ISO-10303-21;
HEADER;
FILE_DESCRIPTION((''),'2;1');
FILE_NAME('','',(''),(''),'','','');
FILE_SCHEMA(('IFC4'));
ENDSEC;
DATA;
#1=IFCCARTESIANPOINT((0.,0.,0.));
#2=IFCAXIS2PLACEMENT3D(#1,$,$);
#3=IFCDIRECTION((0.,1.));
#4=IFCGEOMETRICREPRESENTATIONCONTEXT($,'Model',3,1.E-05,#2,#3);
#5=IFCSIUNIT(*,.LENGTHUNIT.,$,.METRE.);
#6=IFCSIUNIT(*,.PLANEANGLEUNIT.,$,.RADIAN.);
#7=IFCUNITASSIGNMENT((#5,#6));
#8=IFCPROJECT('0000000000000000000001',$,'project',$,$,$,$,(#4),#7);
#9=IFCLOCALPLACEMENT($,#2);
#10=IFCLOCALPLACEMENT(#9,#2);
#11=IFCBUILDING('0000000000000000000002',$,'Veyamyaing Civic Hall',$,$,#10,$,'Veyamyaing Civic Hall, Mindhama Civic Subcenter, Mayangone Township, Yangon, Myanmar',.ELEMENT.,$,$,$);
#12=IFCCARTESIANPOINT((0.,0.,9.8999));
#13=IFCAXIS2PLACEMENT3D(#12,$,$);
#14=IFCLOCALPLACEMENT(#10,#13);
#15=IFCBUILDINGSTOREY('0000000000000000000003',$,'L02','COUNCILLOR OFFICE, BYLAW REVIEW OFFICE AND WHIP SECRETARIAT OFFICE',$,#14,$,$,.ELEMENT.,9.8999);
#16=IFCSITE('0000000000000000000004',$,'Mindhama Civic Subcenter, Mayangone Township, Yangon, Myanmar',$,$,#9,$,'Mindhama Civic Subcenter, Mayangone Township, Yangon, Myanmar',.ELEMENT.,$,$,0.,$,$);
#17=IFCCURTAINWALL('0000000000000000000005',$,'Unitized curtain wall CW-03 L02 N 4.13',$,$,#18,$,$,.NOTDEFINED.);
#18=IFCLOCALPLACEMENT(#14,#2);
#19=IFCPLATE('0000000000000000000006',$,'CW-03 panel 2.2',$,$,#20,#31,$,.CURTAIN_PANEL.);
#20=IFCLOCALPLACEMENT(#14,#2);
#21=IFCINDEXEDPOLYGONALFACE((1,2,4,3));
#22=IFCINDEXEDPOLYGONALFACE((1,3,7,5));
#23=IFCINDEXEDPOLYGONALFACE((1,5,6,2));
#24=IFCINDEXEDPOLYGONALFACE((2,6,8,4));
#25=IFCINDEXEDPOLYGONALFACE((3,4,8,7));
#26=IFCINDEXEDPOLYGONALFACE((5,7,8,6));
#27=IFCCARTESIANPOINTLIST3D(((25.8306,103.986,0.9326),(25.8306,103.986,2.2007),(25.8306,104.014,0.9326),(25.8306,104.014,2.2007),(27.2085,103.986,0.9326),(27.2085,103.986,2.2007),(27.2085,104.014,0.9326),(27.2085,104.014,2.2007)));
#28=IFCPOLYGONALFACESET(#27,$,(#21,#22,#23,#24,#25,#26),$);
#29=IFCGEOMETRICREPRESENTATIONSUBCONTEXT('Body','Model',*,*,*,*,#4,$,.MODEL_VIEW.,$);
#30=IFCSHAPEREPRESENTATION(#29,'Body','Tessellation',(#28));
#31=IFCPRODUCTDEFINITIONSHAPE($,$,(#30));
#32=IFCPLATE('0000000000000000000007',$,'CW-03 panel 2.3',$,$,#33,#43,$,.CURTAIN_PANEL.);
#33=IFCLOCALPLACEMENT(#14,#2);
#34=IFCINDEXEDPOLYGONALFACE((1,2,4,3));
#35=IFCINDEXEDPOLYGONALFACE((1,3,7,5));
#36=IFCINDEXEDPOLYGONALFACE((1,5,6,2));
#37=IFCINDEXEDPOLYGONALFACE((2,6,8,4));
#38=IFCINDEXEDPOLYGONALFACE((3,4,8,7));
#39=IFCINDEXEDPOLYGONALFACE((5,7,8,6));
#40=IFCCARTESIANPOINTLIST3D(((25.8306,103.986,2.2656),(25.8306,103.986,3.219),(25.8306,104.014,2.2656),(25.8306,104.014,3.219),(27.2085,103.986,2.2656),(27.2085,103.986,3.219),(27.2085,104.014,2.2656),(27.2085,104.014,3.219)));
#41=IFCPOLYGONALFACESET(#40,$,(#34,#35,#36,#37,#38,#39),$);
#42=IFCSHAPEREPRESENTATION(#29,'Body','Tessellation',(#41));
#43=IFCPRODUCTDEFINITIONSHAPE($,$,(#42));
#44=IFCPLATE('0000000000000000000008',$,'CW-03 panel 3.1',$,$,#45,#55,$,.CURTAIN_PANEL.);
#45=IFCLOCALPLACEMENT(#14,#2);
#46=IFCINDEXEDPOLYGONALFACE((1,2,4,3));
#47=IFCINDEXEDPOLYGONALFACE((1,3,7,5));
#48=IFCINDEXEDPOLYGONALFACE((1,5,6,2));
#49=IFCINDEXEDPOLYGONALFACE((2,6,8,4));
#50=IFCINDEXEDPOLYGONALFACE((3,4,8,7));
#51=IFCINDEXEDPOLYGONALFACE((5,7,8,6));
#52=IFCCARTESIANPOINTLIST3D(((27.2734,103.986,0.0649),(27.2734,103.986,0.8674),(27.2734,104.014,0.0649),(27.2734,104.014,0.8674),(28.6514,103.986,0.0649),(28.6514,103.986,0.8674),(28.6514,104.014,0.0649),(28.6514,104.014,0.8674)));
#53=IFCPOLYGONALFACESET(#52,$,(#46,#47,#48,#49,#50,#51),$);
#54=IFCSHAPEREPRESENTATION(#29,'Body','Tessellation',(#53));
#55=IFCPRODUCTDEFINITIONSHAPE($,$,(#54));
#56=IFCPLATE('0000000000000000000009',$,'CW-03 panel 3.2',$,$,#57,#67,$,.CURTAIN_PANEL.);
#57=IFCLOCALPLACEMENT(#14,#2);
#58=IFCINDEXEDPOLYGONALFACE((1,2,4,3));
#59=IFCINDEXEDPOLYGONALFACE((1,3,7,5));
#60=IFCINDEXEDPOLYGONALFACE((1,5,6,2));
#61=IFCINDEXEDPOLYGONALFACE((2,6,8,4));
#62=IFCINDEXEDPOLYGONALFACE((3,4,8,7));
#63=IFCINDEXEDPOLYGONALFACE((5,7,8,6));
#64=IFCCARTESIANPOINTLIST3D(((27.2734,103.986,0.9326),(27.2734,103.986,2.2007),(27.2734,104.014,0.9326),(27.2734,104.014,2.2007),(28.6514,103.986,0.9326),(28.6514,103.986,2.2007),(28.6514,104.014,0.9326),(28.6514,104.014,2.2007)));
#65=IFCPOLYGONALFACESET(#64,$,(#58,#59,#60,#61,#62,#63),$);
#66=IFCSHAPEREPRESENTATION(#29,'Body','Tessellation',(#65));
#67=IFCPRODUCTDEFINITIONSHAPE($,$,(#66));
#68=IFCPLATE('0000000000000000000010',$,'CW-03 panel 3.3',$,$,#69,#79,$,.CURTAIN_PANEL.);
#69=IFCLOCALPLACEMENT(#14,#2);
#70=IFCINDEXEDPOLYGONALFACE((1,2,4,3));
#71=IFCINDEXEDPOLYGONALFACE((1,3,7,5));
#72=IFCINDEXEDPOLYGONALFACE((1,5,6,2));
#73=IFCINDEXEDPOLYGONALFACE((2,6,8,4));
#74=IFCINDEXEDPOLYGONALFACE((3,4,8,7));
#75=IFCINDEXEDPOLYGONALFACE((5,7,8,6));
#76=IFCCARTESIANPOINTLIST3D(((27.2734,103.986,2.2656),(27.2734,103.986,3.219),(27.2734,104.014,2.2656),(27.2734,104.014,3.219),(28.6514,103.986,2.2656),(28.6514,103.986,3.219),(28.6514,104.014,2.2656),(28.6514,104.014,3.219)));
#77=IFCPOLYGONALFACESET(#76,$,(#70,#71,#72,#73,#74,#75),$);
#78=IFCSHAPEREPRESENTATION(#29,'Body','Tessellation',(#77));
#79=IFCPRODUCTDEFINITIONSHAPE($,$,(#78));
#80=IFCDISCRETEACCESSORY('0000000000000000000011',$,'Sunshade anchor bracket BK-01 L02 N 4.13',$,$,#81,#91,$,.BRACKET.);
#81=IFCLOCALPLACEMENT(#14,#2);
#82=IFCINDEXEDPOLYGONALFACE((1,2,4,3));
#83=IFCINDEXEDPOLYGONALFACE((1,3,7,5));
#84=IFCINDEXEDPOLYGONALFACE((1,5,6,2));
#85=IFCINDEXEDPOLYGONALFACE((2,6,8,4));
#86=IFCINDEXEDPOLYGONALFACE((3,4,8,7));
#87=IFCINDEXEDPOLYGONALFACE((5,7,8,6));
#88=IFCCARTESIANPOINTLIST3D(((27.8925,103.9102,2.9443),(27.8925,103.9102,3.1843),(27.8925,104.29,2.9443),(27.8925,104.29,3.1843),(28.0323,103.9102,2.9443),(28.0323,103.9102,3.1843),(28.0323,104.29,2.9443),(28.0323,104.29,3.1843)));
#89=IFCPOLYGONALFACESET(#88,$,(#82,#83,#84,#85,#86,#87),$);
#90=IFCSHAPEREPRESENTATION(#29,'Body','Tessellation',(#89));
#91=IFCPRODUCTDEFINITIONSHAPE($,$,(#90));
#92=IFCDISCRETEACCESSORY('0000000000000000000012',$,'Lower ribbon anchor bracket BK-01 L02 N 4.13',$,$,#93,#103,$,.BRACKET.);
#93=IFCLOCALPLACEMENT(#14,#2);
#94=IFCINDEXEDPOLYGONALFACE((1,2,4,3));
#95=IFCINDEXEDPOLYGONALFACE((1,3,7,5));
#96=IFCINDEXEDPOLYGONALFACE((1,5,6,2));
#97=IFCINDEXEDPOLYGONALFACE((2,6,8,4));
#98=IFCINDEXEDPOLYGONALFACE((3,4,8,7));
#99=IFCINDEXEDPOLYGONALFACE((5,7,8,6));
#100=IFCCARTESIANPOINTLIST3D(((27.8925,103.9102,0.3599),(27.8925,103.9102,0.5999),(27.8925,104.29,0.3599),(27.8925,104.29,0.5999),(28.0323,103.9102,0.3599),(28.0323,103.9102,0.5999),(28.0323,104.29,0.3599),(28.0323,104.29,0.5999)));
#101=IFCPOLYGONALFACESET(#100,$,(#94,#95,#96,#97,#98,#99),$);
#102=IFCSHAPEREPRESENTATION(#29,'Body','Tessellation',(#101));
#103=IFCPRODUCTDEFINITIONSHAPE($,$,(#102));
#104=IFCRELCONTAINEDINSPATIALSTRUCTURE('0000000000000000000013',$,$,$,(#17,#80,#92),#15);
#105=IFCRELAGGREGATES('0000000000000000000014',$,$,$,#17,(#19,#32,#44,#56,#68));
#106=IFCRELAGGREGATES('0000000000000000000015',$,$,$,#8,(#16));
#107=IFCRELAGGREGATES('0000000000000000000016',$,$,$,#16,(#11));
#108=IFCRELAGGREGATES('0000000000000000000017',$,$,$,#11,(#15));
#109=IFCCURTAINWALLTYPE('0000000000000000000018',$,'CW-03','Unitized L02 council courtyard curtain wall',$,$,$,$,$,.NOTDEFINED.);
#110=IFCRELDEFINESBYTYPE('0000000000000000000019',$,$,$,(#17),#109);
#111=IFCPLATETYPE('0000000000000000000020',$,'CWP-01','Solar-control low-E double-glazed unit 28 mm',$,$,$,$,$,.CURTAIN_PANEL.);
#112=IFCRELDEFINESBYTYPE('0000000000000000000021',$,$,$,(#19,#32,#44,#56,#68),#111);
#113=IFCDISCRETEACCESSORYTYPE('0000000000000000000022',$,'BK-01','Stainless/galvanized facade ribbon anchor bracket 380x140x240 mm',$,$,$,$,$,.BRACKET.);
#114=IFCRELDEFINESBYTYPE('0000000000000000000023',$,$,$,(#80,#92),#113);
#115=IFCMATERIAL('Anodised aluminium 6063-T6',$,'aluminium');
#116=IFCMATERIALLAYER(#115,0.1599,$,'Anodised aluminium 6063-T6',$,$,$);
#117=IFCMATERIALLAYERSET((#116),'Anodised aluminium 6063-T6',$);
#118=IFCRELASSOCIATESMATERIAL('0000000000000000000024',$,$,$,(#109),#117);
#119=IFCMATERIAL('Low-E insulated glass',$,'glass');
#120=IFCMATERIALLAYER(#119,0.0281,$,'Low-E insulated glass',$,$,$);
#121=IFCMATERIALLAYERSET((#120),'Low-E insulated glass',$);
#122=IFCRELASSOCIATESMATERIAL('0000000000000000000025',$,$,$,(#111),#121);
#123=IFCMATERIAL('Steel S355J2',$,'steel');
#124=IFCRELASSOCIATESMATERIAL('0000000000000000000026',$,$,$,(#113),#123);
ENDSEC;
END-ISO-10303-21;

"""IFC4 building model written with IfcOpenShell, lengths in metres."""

from ifc_helpers import new_model, si_unit, direction, frame, origin, origin_2d, place, context, subcontext, project, spatial, rectangle, extrude, material, layer, layer_set, type_object, element, aggregate, save


model = new_model("IFC4")

# Units and contexts
model_context = context("Model", 3, precision=1e-05, world=origin(), true_north=direction((0.0, 1.0)))
body_context = subcontext(model_context, "Body", "Model", "MODEL_VIEW")
ifc_project = project(units=[si_unit("LENGTHUNIT", "METRE"), si_unit("PLANEANGLEUNIT", "RADIAN")], contexts=[model_context])

# Site, building, storey
site_placement = place(None, origin())
site = spatial("IfcSite", under=ifc_project, at=site_placement, Name="Mindhama Civic Subcenter, Mayangone Township, Yangon, Myanmar", LongName="Mindhama Civic Subcenter, Mayangone Township, Yangon, Myanmar", CompositionType="ELEMENT", RefElevation=0.0)
building_placement = place(site_placement, origin())
building = spatial("IfcBuilding", under=site, at=building_placement, Name="Veyamyaing Civic Hall", LongName="Veyamyaing Civic Hall, Mindhama Civic Subcenter, Mayangone Township, Yangon, Myanmar", CompositionType="ELEMENT")
storey_placement = place(building_placement, frame((0.0, 0.0, 9.8999)))
storey = spatial("IfcBuildingStorey", under=building, at=storey_placement, Name="L02", Description="COUNCILLOR OFFICE, BYLAW REVIEW OFFICE AND WHIP SECRETARIAT OFFICE", CompositionType="ELEMENT", Elevation=9.8999)

# Curtain wall, plates
ifc_material_1 = material(Name="Anodised aluminium 6063-T6", Category="aluminium")
ifc_layer_1 = layer(ifc_material_1, 0.1599, Name="Anodised aluminium 6063-T6")
ifc_layer_set_1 = layer_set([ifc_layer_1], Name="Anodised aluminium 6063-T6")
curtain_wall_type = type_object("IfcCurtainWallType", Name="CW-03", Description="Unitized L02 council courtyard curtain wall", PredefinedType="NOTDEFINED", material=ifc_layer_set_1)
curtain_wall_placement = place(storey_placement, origin())
curtain_wall = element("IfcCurtainWall", 1, at=curtain_wall_placement, inside=storey, type_object=curtain_wall_type, Name="Unitized curtain wall CW-03 L02 N 4.13", PredefinedType="NOTDEFINED")
ifc_material_2 = material(Name="Low-E insulated glass", Category="glass")
ifc_layer_2 = layer(ifc_material_2, 0.0281, Name="Low-E insulated glass")
ifc_layer_set_2 = layer_set([ifc_layer_2], Name="Low-E insulated glass")
plate_type = type_object("IfcPlateType", Name="CWP-01", Description="Solar-control low-E double-glazed unit 28 mm", PredefinedType="CURTAIN_PANEL", material=ifc_layer_set_2)
plate_1_placement = place(storey_placement, frame((26.5195, 104.0, 0.9326), z_axis=(0.0, 0.0, 1.0), x_axis=(1.0, 0.0, 0.0)))
plate_1 = element("IfcPlate", 2, at=plate_1_placement, type_object=plate_type, Name="CW-03 panel 2.2", PredefinedType="CURTAIN_PANEL", context=body_context, shape_type="SweptSolid", body=[
    extrude(rectangle(XDim=1.3779, YDim=0.0281, at=origin_2d()), origin(), (0.0, 0.0, 1.0), 1.2681),
])
plate_2_placement = place(storey_placement, frame((26.5195, 104.0, 2.2656), z_axis=(0.0, 0.0, 1.0), x_axis=(1.0, 0.0, 0.0)))
plate_2 = element("IfcPlate", 3, at=plate_2_placement, type_object=plate_type, Name="CW-03 panel 2.3", PredefinedType="CURTAIN_PANEL", context=body_context, shape_type="SweptSolid", body=[
    extrude(rectangle(XDim=1.3779, YDim=0.0281, at=origin_2d()), origin(), (0.0, 0.0, 1.0), 0.9534),
])
plate_3_placement = place(storey_placement, frame((27.9624, 104.0, 0.0649), z_axis=(0.0, 0.0, 1.0), x_axis=(1.0, 0.0, 0.0)))
plate_3 = element("IfcPlate", 4, at=plate_3_placement, type_object=plate_type, Name="CW-03 panel 3.1", PredefinedType="CURTAIN_PANEL", context=body_context, shape_type="SweptSolid", body=[
    extrude(rectangle(XDim=1.3779, YDim=0.0281, at=origin_2d()), origin(), (0.0, 0.0, 1.0), 0.8025),
])
plate_4_placement = place(storey_placement, frame((27.9624, 104.0, 0.9326), z_axis=(0.0, 0.0, 1.0), x_axis=(1.0, 0.0, 0.0)))
plate_4 = element("IfcPlate", 5, at=plate_4_placement, type_object=plate_type, Name="CW-03 panel 3.2", PredefinedType="CURTAIN_PANEL", context=body_context, shape_type="SweptSolid", body=[
    extrude(rectangle(XDim=1.3779, YDim=0.0281, at=origin_2d()), origin(), (0.0, 0.0, 1.0), 1.2681),
])
plate_5_placement = place(storey_placement, frame((27.9624, 104.0, 2.2656), z_axis=(0.0, 0.0, 1.0), x_axis=(1.0, 0.0, 0.0)))
plate_5 = element("IfcPlate", 6, at=plate_5_placement, type_object=plate_type, Name="CW-03 panel 3.3", PredefinedType="CURTAIN_PANEL", context=body_context, shape_type="SweptSolid", body=[
    extrude(rectangle(XDim=1.3779, YDim=0.0281, at=origin_2d()), origin(), (0.0, 0.0, 1.0), 0.9534),
])
aggregate(curtain_wall, [plate_1, plate_2, plate_3, plate_4, plate_5])

# Discrete accessories
ifc_material_3 = material(Name="Steel S355J2", Category="steel")
discrete_accessory_type = type_object("IfcDiscreteAccessoryType", Name="BK-01", Description="Stainless/galvanized facade ribbon anchor bracket 380x140x240 mm", PredefinedType="BRACKET", material=ifc_material_3)
for number, where, z_axis, x_axis, name in (
    (7, (27.9624, 104.1001, 2.9443), (0.0, 0.0, 1.0), (0.0, 1.0, 0.0), "Sunshade anchor bracket BK-01 L02 N 4.13"),
    (8, (27.9624, 104.1001, 0.3599), (0.0, 0.0, 1.0), (0.0, 1.0, 0.0), "Lower ribbon anchor bracket BK-01 L02 N 4.13"),
):
    element("IfcDiscreteAccessory", number, at=place(storey_placement, frame(where, z_axis=z_axis, x_axis=x_axis)), inside=storey, type_object=discrete_accessory_type, Name=name, PredefinedType="BRACKET", context=body_context, shape_type="SweptSolid", body=[
        extrude(rectangle(XDim=0.3799, YDim=0.1399, at=origin_2d()), origin(), (0.0, 0.0, 1.0), 0.24),
    ])

save(model, "model.ifc")
